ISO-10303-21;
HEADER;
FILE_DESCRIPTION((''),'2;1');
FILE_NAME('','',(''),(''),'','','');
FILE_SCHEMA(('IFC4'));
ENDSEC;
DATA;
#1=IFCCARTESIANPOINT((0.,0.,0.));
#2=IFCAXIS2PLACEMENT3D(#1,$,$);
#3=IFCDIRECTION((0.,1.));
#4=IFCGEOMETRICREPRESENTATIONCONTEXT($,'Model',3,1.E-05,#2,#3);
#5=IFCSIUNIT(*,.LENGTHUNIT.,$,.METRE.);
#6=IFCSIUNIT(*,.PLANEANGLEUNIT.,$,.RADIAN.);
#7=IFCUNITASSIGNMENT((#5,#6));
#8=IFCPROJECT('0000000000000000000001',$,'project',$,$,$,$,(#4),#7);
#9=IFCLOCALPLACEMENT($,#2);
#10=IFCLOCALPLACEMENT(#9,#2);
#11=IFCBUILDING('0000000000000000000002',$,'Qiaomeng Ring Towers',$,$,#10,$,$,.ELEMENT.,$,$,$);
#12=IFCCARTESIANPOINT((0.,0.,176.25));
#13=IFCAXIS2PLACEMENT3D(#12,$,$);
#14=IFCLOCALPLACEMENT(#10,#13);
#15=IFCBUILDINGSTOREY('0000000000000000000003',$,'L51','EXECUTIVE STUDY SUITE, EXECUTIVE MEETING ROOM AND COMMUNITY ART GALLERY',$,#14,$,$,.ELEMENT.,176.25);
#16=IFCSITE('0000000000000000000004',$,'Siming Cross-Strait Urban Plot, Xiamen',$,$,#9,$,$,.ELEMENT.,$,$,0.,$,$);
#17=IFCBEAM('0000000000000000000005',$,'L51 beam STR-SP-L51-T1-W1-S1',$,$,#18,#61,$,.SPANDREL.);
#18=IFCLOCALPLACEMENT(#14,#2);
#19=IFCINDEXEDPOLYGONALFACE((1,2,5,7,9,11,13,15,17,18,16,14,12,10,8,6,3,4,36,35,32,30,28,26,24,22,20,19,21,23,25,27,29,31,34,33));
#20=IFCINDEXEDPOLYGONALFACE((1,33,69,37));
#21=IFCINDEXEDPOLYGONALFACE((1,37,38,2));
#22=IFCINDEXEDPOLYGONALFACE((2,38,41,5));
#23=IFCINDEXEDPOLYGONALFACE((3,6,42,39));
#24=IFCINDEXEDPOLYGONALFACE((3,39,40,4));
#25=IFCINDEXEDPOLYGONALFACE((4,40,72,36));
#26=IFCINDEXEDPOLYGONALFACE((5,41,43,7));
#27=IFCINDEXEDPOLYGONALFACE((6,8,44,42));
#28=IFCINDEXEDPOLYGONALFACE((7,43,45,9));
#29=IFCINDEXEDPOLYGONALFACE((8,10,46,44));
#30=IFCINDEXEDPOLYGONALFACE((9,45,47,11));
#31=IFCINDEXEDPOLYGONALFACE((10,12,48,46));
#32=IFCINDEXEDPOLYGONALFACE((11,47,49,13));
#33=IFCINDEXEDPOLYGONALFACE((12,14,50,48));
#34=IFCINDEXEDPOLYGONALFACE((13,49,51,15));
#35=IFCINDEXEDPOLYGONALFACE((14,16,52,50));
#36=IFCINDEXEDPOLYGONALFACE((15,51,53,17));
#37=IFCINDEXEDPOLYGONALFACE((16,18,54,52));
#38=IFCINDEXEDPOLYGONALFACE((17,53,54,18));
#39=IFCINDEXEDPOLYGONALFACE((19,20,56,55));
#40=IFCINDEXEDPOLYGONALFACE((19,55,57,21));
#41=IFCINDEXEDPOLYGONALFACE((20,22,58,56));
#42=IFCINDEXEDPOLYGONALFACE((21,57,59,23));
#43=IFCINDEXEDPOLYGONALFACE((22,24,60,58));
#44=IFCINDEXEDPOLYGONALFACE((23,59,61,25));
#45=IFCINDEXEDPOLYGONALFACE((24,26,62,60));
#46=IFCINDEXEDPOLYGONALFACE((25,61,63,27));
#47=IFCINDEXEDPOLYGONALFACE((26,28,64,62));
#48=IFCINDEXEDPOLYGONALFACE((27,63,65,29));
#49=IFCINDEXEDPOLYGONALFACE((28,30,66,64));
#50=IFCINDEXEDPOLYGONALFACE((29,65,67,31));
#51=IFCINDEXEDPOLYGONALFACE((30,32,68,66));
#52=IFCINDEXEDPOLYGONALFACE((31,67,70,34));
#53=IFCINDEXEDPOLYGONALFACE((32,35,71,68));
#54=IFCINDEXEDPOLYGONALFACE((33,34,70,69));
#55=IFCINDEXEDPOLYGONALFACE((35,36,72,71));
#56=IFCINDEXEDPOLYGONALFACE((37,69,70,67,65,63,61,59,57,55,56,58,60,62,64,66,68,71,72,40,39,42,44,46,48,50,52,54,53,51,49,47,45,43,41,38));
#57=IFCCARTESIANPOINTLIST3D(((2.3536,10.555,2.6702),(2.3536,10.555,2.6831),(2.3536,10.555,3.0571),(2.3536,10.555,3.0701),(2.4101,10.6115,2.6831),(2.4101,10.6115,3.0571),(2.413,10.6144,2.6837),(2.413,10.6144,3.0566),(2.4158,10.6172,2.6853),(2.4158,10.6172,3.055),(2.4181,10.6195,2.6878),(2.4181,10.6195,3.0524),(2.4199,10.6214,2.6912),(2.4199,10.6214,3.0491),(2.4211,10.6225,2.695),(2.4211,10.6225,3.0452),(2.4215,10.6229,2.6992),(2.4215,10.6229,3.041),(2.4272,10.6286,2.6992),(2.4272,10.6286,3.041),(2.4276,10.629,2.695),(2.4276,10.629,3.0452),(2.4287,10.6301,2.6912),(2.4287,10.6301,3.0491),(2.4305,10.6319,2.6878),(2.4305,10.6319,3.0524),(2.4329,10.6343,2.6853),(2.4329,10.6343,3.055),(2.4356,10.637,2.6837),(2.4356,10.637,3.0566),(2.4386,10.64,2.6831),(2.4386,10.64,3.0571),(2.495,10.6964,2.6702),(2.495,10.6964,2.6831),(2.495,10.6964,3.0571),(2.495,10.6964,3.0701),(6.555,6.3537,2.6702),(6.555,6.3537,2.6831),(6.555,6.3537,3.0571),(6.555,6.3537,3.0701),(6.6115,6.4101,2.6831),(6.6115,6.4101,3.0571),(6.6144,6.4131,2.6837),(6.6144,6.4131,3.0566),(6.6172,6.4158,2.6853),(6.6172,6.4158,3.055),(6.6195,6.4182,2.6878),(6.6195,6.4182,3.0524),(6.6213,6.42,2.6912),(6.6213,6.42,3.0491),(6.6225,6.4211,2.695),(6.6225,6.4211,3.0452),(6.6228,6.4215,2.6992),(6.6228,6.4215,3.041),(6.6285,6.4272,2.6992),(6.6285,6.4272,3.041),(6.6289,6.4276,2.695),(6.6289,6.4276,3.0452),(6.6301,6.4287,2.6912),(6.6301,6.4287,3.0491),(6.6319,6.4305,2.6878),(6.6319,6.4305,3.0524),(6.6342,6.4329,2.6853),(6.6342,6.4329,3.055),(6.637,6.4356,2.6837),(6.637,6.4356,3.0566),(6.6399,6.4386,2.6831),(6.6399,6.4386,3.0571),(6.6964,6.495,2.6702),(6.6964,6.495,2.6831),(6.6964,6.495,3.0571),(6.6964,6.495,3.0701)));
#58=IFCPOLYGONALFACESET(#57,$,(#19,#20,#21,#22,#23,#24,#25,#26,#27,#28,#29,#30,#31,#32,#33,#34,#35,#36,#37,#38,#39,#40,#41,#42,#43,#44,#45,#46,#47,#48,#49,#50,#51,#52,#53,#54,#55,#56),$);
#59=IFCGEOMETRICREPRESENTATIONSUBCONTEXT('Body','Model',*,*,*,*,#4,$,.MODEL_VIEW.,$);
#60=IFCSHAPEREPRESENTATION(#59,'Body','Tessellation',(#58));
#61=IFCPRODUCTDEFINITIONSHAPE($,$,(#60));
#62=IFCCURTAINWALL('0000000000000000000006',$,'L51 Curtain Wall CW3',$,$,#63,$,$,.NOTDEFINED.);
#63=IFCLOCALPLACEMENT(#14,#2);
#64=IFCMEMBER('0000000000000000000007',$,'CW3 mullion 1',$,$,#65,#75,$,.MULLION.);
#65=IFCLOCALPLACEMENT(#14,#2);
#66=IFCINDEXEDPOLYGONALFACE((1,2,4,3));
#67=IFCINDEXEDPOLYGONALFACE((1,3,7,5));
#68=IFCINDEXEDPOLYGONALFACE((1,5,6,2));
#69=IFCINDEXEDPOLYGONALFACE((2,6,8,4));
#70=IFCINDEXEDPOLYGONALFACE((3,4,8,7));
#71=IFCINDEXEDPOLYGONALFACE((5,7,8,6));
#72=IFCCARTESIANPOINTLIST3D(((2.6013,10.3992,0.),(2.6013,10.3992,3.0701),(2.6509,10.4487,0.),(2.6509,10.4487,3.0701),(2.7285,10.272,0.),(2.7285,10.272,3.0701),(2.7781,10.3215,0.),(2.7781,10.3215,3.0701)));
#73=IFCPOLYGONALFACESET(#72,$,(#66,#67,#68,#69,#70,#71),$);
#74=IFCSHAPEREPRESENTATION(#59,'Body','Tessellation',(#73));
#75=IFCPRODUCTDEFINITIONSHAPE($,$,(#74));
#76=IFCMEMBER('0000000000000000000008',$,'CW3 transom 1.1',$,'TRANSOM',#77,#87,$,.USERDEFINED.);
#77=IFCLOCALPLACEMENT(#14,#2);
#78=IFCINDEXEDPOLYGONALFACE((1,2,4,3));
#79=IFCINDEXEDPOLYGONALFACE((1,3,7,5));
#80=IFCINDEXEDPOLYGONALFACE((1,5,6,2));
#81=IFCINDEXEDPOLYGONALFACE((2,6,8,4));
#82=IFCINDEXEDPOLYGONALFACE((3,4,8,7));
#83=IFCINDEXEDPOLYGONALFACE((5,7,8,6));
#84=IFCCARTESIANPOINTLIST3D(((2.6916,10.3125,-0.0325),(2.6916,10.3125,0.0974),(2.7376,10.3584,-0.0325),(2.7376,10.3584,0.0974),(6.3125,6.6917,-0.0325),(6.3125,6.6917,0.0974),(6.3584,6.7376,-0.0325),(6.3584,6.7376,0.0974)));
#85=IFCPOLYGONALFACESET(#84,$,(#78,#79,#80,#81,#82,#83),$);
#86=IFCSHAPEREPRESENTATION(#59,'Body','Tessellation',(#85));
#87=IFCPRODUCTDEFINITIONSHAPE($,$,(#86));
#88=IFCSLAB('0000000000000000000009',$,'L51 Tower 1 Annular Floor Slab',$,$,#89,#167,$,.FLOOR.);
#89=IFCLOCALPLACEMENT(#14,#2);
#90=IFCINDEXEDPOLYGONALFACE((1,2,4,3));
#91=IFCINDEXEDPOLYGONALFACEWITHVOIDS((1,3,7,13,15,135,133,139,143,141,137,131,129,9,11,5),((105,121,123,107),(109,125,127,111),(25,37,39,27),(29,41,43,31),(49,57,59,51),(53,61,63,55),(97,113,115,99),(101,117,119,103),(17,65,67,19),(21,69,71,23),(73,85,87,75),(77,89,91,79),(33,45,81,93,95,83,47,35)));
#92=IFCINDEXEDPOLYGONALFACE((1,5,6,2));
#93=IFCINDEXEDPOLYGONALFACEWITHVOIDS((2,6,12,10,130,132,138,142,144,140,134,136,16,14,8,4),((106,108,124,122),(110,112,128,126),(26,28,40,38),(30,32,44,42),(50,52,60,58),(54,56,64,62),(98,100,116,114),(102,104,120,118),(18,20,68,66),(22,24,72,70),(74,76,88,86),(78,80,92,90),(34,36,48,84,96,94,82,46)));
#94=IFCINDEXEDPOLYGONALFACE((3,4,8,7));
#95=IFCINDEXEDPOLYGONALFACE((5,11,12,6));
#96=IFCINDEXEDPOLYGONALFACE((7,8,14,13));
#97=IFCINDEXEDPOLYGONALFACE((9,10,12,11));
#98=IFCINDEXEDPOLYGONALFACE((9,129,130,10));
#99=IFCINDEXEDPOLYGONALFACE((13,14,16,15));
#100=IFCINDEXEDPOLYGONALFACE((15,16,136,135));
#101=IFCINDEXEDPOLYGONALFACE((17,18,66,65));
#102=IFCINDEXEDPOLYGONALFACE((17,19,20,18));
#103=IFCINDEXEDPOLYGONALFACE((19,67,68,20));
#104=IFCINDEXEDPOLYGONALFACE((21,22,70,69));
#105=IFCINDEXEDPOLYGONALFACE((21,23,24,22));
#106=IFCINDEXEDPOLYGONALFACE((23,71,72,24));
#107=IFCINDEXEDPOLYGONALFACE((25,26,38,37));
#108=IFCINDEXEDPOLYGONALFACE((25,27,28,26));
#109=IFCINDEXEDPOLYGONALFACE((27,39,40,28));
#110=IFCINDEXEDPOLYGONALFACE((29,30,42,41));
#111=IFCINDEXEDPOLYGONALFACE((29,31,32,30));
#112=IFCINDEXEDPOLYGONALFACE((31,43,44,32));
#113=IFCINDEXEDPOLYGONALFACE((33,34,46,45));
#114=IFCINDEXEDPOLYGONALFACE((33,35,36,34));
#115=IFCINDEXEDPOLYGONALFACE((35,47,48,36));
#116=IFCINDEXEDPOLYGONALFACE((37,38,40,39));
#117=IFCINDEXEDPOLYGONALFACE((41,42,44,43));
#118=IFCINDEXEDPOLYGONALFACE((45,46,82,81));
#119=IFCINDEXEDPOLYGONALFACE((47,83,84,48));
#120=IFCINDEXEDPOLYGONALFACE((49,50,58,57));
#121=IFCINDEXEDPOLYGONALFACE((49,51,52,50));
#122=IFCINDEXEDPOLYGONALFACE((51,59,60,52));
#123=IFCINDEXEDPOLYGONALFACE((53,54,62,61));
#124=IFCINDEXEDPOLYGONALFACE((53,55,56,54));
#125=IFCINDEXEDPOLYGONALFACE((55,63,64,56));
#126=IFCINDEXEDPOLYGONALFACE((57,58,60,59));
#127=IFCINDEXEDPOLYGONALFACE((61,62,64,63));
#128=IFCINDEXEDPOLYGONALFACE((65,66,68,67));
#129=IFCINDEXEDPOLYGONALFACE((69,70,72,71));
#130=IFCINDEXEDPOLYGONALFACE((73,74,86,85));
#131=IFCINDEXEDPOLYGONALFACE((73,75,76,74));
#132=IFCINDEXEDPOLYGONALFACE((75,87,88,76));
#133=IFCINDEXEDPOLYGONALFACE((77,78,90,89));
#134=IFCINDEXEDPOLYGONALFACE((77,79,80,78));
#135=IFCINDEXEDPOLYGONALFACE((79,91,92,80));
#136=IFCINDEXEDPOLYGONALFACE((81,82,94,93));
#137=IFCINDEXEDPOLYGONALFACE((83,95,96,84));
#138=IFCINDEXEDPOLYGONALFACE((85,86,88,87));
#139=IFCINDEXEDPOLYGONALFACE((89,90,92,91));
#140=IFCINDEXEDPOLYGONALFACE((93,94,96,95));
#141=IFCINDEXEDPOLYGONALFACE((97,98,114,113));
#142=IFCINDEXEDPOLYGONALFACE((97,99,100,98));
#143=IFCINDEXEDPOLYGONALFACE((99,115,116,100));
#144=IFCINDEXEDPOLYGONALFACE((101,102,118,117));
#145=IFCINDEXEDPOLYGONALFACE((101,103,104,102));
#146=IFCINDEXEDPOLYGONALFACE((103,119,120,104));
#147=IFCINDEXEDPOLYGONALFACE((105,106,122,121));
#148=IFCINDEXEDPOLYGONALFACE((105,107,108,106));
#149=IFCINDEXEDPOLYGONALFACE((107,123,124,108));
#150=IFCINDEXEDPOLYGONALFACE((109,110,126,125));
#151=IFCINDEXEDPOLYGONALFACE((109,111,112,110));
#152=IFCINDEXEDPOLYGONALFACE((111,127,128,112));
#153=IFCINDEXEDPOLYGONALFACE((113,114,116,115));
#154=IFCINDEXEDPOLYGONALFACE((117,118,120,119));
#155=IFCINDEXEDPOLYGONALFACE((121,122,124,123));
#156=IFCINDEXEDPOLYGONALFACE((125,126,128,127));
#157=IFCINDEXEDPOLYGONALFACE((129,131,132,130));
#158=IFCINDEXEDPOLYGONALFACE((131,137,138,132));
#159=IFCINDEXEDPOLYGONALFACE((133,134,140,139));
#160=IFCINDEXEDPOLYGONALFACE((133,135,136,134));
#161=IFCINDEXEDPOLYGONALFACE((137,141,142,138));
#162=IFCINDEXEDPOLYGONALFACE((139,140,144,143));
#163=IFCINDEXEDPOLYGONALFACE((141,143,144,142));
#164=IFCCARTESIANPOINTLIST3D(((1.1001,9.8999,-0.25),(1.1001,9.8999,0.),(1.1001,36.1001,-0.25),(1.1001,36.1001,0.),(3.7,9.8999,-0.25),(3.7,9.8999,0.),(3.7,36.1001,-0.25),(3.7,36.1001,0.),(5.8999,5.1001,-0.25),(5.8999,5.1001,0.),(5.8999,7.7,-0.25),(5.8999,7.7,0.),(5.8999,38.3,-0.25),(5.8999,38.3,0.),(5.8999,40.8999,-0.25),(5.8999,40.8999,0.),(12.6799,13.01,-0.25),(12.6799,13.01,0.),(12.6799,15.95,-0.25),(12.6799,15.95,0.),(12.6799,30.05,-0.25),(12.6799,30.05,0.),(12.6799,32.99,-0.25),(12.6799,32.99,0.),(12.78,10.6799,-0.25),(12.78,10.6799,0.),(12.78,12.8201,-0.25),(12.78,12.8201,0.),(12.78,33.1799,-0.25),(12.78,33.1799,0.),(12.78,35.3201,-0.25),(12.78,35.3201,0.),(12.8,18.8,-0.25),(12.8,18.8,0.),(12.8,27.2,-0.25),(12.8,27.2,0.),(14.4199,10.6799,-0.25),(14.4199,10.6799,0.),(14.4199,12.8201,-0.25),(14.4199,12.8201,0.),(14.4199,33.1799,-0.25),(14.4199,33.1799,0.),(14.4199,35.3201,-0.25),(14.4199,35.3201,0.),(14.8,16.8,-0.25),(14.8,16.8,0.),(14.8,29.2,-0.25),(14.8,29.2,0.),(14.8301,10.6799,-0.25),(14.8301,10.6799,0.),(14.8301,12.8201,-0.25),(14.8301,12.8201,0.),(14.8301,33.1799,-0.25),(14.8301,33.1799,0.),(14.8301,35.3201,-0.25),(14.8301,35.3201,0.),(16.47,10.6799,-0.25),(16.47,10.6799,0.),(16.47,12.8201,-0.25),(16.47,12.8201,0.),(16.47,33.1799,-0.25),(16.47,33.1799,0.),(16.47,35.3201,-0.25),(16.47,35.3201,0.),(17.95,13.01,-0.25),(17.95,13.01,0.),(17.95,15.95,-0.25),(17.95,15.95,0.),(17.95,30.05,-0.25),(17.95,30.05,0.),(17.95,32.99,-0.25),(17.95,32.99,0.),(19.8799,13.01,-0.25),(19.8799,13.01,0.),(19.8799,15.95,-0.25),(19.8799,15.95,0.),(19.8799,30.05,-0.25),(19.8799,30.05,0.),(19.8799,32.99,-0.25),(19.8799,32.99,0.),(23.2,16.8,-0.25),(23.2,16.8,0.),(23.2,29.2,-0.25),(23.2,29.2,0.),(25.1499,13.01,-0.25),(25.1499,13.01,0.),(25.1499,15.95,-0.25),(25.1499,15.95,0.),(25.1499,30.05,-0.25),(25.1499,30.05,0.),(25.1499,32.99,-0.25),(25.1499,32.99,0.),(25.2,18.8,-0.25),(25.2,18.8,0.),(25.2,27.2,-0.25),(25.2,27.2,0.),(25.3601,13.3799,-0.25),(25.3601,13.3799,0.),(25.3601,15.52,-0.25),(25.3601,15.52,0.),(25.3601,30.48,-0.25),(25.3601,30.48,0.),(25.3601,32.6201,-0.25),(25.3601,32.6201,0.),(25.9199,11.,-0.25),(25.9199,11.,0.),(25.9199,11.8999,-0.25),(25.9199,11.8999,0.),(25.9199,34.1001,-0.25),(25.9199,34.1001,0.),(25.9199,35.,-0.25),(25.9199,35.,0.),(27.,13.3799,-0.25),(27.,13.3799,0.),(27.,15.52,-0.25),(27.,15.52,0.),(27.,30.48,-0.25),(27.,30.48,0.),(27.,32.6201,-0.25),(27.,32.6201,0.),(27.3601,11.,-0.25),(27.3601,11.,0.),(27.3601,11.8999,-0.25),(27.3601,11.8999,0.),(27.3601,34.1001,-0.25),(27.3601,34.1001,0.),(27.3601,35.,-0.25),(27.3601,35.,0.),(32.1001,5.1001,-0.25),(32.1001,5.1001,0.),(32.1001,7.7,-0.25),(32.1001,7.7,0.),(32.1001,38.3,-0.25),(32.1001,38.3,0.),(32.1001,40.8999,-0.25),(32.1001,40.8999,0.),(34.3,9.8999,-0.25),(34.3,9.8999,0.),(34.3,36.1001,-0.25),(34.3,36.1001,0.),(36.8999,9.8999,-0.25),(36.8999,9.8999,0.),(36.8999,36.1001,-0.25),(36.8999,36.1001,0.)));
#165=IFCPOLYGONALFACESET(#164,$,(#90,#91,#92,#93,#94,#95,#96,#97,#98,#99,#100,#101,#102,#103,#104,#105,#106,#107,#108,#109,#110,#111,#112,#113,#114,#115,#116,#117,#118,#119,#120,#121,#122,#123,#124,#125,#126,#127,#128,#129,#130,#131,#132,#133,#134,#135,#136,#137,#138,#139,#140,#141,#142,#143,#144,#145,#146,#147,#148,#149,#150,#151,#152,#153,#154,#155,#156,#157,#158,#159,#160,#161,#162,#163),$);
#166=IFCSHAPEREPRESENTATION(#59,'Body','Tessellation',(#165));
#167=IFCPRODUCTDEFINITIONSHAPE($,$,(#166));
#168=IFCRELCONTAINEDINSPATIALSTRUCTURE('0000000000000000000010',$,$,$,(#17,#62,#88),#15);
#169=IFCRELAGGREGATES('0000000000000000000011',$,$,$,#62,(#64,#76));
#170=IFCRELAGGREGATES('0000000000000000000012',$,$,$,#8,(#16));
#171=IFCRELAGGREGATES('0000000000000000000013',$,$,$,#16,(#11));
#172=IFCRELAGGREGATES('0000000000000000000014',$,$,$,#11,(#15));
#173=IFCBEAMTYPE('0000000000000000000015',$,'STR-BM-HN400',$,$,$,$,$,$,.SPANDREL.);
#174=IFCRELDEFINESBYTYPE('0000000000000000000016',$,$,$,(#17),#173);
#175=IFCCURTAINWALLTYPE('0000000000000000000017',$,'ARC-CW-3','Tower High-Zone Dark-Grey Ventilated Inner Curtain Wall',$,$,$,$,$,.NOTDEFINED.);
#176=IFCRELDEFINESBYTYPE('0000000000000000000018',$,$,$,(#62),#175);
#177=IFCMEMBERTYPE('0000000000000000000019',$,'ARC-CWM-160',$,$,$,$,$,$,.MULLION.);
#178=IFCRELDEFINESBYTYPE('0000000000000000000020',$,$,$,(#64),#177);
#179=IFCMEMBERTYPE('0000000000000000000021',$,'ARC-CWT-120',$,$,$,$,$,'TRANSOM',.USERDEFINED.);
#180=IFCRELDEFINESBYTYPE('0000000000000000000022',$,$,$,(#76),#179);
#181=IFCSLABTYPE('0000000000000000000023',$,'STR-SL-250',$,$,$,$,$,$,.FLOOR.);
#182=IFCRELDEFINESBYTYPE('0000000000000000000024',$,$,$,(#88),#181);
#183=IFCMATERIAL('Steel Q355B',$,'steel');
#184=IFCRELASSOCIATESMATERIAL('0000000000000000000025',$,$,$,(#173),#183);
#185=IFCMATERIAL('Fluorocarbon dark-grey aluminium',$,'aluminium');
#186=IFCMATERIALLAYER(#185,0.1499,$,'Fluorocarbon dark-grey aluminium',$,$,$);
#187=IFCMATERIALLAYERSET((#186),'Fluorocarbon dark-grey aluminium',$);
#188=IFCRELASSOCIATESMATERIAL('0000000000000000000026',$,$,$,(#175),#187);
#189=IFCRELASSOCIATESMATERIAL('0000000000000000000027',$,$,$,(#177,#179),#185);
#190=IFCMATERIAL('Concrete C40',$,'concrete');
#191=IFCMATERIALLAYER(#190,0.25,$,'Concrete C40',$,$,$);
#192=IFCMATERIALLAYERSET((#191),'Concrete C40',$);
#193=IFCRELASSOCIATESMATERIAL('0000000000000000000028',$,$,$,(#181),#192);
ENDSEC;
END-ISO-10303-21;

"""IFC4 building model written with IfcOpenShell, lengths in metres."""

from ifc_helpers import new_model, si_unit, direction, frame, origin, origin_2d, place, context, subcontext, project, spatial, polyline, rectangle, i_section, outline, extrude, source, transform, mapped, material, layer, layer_set, material_profile, profile_set, type_object, element, aggregate, save


model = new_model("IFC4")

# Units and contexts
model_context = context("Model", 3, precision=1e-05, world=origin(), true_north=direction((0.0, 1.0)))
body_context = subcontext(model_context, "Body", "Model", "MODEL_VIEW")
ifc_project = project(units=[si_unit("LENGTHUNIT", "METRE"), si_unit("PLANEANGLEUNIT", "RADIAN")], contexts=[model_context])

# Site, building, storey
site_placement = place(None, origin())
site = spatial("IfcSite", under=ifc_project, at=site_placement, Name="Siming Cross-Strait Urban Plot, Xiamen", CompositionType="ELEMENT", RefElevation=0.0)
building_placement = place(site_placement, origin())
building = spatial("IfcBuilding", under=site, at=building_placement, Name="Qiaomeng Ring Towers", CompositionType="ELEMENT")
storey_placement = place(building_placement, frame((0.0, 0.0, 176.25)))
storey = spatial("IfcBuildingStorey", under=building, at=storey_placement, Name="L51", Description="EXECUTIVE STUDY SUITE, EXECUTIVE MEETING ROOM AND COMMUNITY ART GALLERY", CompositionType="ELEMENT", Elevation=176.25)

# Beam
ifc_material_1 = material(Name="Steel Q355B", Category="steel")
ifc_material_profile_1 = material_profile(ifc_material_1, i_section(OverallWidth=0.2, OverallDepth=0.3999, WebThickness=0.0081, FlangeThickness=0.0129, FilletRadius=0.0161, at=origin_2d()), Name="HN 400x200x8x13")
ifc_profile_set_1 = profile_set([ifc_material_profile_1], Name="Steel Q355B")
beam_type = type_object("IfcBeamType", Name="STR-BM-HN400", PredefinedType="SPANDREL", material=ifc_profile_set_1)
shared_shape_1 = source(origin(), body_context, "Body", "SweptSolid", [
    extrude(i_section(OverallWidth=0.2, OverallDepth=0.3999, WebThickness=0.0081, FlangeThickness=0.0129, FilletRadius=0.0161, at=origin_2d()), origin(), (0.0, 0.0, 1.0), 5.9417),
])
beam_placement = place(storey_placement, frame((2.4243, 10.6257, 2.8701), z_axis=(0.707107, -0.707107, 0.0), x_axis=(0.707107, 0.707107, 0.0)))
element("IfcBeam", 1, at=beam_placement, inside=storey, type_object=beam_type, Name="L51 beam STR-SP-L51-T1-W1-S1", PredefinedType="SPANDREL", context=body_context, shape_type="MappedRepresentation", body=[
    mapped(shared_shape_1, transform((0.0, 0.0, 0.0), x_axis=(1.0, 0.0, 0.0), y_axis=(0.0, 1.0, 0.0), z_axis=(0.0, 0.0, 1.0), scale=1.0)),
])

# Curtain wall, members
ifc_material_2 = material(Name="Fluorocarbon dark-grey aluminium", Category="aluminium")
ifc_layer_1 = layer(ifc_material_2, 0.1499, Name="Fluorocarbon dark-grey aluminium")
ifc_layer_set_1 = layer_set([ifc_layer_1], Name="Fluorocarbon dark-grey aluminium")
curtain_wall_type = type_object("IfcCurtainWallType", Name="ARC-CW-3", Description="Tower High-Zone Dark-Grey Ventilated Inner Curtain Wall", PredefinedType="NOTDEFINED", material=ifc_layer_set_1)
curtain_wall_placement = place(storey_placement, origin())
curtain_wall = element("IfcCurtainWall", 2, at=curtain_wall_placement, inside=storey, type_object=curtain_wall_type, Name="L51 Curtain Wall CW3", PredefinedType="NOTDEFINED")
ifc_material_profile_2 = material_profile(ifc_material_2, rectangle(XDim=0.0701, YDim=0.1799, at=origin_2d()), Name="ALU MULL 70x180")
ifc_profile_set_2 = profile_set([ifc_material_profile_2], Name="Fluorocarbon dark-grey aluminium")
member_type_1 = type_object("IfcMemberType", Name="ARC-CWM-160", PredefinedType="MULLION", material=ifc_profile_set_2)
shared_shape_2 = source(origin(), body_context, "Body", "SweptSolid", [
    extrude(rectangle(XDim=0.0701, YDim=0.1799, at=origin_2d()), origin(), (0.0, 0.0, 1.0), 3.0701),
])
member_1_placement = place(storey_placement, frame((2.6897, 10.3604, 0.0), z_axis=(0.0, 0.0, 1.0), x_axis=(0.707107, 0.707107, 0.0)))
member_1 = element("IfcMember", 3, at=member_1_placement, type_object=member_type_1, Name="CW3 mullion 1", PredefinedType="MULLION", context=body_context, shape_type="MappedRepresentation", body=[
    mapped(shared_shape_2, transform((0.0, 0.0, 0.0), x_axis=(1.0, 0.0, 0.0), y_axis=(0.0, 1.0, 0.0), z_axis=(0.0, 0.0, 1.0), scale=1.0)),
])
ifc_material_profile_3 = material_profile(ifc_material_2, rectangle(XDim=0.0649, YDim=0.1299, at=origin_2d()), Name="ALU TRAN 65x130")
ifc_profile_set_3 = profile_set([ifc_material_profile_3], Name="Fluorocarbon dark-grey aluminium")
member_type_2 = type_object("IfcMemberType", Name="ARC-CWT-120", ElementType="TRANSOM", PredefinedType="USERDEFINED", material=ifc_profile_set_3)
shared_shape_3 = source(origin(), body_context, "Body", "SweptSolid", [
    extrude(rectangle(XDim=0.0649, YDim=0.1299, at=origin_2d()), origin(), (0.0, 0.0, 1.0), 5.1206),
])
member_2_placement = place(storey_placement, frame((2.7146, 10.3354, 0.0325), z_axis=(0.707107, -0.707107, 0.0), x_axis=(0.707107, 0.707107, 0.0)))
member_2 = element("IfcMember", 4, at=member_2_placement, type_object=member_type_2, Name="CW3 transom 1.1", ObjectType="TRANSOM", PredefinedType="USERDEFINED", context=body_context, shape_type="MappedRepresentation", body=[
    mapped(shared_shape_3, transform((0.0, 0.0, 0.0), x_axis=(1.0, 0.0, 0.0), y_axis=(0.0, 1.0, 0.0), z_axis=(0.0, 0.0, 1.0), scale=1.0)),
])
aggregate(curtain_wall, [member_1, member_2])

# Slab
ifc_material_3 = material(Name="Concrete C40", Category="concrete")
ifc_layer_2 = layer(ifc_material_3, 0.25, Name="Concrete C40")
ifc_layer_set_2 = layer_set([ifc_layer_2], Name="Concrete C40")
slab_type_1 = type_object("IfcSlabType", Name="STR-SL-250", PredefinedType="FLOOR", material=ifc_layer_set_2)
slab_1_placement = place(storey_placement, frame((0.0, 0.0, -0.25)))
element("IfcSlab", 5, at=slab_1_placement, inside=storey, type_object=slab_type_1, Name="L51 Tower 1 Annular Floor Slab", PredefinedType="FLOOR", context=body_context, shape_type="SweptSolid", body=[
    extrude(outline(polyline([(5.8999, 5.1001), (32.1001, 5.1001), (32.1001, 7.7), (34.3, 9.8999), (36.8999, 9.8999), (36.8999, 36.1001), (34.3, 36.1001), (32.1001, 38.3), (32.1001, 40.8999), (5.8999, 40.8999), (5.8999, 38.3), (3.7, 36.1001), (1.1001, 36.1001), (1.1001, 9.8999), (3.7, 9.8999), (5.8999, 7.7), (5.8999, 5.1001)]), holes=[polyline([(12.78, 10.6799), (12.78, 12.8201), (14.4199, 12.8201), (14.4199, 10.6799), (12.78, 10.6799)]), polyline([(14.8301, 12.8201), (16.47, 12.8201), (16.47, 10.6799), (14.8301, 10.6799), (14.8301, 12.8201)]), polyline([(12.6799, 15.95), (17.95, 15.95), (17.95, 13.01), (12.6799, 13.01), (12.6799, 15.95)]), polyline([(23.2, 29.2), (25.2, 27.2), (25.2, 18.8), (23.2, 16.8), (14.8, 16.8), (12.8, 18.8), (12.8, 27.2), (14.8, 29.2), (23.2, 29.2)]), polyline([(12.6799, 32.99), (17.95, 32.99), (17.95, 30.05), (12.6799, 30.05), (12.6799, 32.99)]), polyline([(12.78, 35.3201), (14.4199, 35.3201), (14.4199, 33.1799), (12.78, 33.1799), (12.78, 35.3201)]), polyline([(14.8301, 33.1799), (14.8301, 35.3201), (16.47, 35.3201), (16.47, 33.1799), (14.8301, 33.1799)]), polyline([(25.9199, 11.8999), (27.3601, 11.8999), (27.3601, 11.0), (25.9199, 11.0), (25.9199, 11.8999)]), polyline([(25.3601, 15.52), (27.0, 15.52), (27.0, 13.3799), (25.3601, 13.3799), (25.3601, 15.52)]), polyline([(19.8799, 15.95), (25.1499, 15.95), (25.1499, 13.01), (19.8799, 13.01), (19.8799, 15.95)]), polyline([(19.8799, 32.99), (25.1499, 32.99), (25.1499, 30.05), (19.8799, 30.05), (19.8799, 32.99)]), polyline([(25.3601, 32.6201), (27.0, 32.6201), (27.0, 30.48), (25.3601, 30.48), (25.3601, 32.6201)]), polyline([(25.9199, 35.0), (27.3601, 35.0), (27.3601, 34.1001), (25.9199, 34.1001), (25.9199, 35.0)])]), origin(), (0.0, 0.0, 1.0), 0.25),
])

save(model, "model.ifc")
